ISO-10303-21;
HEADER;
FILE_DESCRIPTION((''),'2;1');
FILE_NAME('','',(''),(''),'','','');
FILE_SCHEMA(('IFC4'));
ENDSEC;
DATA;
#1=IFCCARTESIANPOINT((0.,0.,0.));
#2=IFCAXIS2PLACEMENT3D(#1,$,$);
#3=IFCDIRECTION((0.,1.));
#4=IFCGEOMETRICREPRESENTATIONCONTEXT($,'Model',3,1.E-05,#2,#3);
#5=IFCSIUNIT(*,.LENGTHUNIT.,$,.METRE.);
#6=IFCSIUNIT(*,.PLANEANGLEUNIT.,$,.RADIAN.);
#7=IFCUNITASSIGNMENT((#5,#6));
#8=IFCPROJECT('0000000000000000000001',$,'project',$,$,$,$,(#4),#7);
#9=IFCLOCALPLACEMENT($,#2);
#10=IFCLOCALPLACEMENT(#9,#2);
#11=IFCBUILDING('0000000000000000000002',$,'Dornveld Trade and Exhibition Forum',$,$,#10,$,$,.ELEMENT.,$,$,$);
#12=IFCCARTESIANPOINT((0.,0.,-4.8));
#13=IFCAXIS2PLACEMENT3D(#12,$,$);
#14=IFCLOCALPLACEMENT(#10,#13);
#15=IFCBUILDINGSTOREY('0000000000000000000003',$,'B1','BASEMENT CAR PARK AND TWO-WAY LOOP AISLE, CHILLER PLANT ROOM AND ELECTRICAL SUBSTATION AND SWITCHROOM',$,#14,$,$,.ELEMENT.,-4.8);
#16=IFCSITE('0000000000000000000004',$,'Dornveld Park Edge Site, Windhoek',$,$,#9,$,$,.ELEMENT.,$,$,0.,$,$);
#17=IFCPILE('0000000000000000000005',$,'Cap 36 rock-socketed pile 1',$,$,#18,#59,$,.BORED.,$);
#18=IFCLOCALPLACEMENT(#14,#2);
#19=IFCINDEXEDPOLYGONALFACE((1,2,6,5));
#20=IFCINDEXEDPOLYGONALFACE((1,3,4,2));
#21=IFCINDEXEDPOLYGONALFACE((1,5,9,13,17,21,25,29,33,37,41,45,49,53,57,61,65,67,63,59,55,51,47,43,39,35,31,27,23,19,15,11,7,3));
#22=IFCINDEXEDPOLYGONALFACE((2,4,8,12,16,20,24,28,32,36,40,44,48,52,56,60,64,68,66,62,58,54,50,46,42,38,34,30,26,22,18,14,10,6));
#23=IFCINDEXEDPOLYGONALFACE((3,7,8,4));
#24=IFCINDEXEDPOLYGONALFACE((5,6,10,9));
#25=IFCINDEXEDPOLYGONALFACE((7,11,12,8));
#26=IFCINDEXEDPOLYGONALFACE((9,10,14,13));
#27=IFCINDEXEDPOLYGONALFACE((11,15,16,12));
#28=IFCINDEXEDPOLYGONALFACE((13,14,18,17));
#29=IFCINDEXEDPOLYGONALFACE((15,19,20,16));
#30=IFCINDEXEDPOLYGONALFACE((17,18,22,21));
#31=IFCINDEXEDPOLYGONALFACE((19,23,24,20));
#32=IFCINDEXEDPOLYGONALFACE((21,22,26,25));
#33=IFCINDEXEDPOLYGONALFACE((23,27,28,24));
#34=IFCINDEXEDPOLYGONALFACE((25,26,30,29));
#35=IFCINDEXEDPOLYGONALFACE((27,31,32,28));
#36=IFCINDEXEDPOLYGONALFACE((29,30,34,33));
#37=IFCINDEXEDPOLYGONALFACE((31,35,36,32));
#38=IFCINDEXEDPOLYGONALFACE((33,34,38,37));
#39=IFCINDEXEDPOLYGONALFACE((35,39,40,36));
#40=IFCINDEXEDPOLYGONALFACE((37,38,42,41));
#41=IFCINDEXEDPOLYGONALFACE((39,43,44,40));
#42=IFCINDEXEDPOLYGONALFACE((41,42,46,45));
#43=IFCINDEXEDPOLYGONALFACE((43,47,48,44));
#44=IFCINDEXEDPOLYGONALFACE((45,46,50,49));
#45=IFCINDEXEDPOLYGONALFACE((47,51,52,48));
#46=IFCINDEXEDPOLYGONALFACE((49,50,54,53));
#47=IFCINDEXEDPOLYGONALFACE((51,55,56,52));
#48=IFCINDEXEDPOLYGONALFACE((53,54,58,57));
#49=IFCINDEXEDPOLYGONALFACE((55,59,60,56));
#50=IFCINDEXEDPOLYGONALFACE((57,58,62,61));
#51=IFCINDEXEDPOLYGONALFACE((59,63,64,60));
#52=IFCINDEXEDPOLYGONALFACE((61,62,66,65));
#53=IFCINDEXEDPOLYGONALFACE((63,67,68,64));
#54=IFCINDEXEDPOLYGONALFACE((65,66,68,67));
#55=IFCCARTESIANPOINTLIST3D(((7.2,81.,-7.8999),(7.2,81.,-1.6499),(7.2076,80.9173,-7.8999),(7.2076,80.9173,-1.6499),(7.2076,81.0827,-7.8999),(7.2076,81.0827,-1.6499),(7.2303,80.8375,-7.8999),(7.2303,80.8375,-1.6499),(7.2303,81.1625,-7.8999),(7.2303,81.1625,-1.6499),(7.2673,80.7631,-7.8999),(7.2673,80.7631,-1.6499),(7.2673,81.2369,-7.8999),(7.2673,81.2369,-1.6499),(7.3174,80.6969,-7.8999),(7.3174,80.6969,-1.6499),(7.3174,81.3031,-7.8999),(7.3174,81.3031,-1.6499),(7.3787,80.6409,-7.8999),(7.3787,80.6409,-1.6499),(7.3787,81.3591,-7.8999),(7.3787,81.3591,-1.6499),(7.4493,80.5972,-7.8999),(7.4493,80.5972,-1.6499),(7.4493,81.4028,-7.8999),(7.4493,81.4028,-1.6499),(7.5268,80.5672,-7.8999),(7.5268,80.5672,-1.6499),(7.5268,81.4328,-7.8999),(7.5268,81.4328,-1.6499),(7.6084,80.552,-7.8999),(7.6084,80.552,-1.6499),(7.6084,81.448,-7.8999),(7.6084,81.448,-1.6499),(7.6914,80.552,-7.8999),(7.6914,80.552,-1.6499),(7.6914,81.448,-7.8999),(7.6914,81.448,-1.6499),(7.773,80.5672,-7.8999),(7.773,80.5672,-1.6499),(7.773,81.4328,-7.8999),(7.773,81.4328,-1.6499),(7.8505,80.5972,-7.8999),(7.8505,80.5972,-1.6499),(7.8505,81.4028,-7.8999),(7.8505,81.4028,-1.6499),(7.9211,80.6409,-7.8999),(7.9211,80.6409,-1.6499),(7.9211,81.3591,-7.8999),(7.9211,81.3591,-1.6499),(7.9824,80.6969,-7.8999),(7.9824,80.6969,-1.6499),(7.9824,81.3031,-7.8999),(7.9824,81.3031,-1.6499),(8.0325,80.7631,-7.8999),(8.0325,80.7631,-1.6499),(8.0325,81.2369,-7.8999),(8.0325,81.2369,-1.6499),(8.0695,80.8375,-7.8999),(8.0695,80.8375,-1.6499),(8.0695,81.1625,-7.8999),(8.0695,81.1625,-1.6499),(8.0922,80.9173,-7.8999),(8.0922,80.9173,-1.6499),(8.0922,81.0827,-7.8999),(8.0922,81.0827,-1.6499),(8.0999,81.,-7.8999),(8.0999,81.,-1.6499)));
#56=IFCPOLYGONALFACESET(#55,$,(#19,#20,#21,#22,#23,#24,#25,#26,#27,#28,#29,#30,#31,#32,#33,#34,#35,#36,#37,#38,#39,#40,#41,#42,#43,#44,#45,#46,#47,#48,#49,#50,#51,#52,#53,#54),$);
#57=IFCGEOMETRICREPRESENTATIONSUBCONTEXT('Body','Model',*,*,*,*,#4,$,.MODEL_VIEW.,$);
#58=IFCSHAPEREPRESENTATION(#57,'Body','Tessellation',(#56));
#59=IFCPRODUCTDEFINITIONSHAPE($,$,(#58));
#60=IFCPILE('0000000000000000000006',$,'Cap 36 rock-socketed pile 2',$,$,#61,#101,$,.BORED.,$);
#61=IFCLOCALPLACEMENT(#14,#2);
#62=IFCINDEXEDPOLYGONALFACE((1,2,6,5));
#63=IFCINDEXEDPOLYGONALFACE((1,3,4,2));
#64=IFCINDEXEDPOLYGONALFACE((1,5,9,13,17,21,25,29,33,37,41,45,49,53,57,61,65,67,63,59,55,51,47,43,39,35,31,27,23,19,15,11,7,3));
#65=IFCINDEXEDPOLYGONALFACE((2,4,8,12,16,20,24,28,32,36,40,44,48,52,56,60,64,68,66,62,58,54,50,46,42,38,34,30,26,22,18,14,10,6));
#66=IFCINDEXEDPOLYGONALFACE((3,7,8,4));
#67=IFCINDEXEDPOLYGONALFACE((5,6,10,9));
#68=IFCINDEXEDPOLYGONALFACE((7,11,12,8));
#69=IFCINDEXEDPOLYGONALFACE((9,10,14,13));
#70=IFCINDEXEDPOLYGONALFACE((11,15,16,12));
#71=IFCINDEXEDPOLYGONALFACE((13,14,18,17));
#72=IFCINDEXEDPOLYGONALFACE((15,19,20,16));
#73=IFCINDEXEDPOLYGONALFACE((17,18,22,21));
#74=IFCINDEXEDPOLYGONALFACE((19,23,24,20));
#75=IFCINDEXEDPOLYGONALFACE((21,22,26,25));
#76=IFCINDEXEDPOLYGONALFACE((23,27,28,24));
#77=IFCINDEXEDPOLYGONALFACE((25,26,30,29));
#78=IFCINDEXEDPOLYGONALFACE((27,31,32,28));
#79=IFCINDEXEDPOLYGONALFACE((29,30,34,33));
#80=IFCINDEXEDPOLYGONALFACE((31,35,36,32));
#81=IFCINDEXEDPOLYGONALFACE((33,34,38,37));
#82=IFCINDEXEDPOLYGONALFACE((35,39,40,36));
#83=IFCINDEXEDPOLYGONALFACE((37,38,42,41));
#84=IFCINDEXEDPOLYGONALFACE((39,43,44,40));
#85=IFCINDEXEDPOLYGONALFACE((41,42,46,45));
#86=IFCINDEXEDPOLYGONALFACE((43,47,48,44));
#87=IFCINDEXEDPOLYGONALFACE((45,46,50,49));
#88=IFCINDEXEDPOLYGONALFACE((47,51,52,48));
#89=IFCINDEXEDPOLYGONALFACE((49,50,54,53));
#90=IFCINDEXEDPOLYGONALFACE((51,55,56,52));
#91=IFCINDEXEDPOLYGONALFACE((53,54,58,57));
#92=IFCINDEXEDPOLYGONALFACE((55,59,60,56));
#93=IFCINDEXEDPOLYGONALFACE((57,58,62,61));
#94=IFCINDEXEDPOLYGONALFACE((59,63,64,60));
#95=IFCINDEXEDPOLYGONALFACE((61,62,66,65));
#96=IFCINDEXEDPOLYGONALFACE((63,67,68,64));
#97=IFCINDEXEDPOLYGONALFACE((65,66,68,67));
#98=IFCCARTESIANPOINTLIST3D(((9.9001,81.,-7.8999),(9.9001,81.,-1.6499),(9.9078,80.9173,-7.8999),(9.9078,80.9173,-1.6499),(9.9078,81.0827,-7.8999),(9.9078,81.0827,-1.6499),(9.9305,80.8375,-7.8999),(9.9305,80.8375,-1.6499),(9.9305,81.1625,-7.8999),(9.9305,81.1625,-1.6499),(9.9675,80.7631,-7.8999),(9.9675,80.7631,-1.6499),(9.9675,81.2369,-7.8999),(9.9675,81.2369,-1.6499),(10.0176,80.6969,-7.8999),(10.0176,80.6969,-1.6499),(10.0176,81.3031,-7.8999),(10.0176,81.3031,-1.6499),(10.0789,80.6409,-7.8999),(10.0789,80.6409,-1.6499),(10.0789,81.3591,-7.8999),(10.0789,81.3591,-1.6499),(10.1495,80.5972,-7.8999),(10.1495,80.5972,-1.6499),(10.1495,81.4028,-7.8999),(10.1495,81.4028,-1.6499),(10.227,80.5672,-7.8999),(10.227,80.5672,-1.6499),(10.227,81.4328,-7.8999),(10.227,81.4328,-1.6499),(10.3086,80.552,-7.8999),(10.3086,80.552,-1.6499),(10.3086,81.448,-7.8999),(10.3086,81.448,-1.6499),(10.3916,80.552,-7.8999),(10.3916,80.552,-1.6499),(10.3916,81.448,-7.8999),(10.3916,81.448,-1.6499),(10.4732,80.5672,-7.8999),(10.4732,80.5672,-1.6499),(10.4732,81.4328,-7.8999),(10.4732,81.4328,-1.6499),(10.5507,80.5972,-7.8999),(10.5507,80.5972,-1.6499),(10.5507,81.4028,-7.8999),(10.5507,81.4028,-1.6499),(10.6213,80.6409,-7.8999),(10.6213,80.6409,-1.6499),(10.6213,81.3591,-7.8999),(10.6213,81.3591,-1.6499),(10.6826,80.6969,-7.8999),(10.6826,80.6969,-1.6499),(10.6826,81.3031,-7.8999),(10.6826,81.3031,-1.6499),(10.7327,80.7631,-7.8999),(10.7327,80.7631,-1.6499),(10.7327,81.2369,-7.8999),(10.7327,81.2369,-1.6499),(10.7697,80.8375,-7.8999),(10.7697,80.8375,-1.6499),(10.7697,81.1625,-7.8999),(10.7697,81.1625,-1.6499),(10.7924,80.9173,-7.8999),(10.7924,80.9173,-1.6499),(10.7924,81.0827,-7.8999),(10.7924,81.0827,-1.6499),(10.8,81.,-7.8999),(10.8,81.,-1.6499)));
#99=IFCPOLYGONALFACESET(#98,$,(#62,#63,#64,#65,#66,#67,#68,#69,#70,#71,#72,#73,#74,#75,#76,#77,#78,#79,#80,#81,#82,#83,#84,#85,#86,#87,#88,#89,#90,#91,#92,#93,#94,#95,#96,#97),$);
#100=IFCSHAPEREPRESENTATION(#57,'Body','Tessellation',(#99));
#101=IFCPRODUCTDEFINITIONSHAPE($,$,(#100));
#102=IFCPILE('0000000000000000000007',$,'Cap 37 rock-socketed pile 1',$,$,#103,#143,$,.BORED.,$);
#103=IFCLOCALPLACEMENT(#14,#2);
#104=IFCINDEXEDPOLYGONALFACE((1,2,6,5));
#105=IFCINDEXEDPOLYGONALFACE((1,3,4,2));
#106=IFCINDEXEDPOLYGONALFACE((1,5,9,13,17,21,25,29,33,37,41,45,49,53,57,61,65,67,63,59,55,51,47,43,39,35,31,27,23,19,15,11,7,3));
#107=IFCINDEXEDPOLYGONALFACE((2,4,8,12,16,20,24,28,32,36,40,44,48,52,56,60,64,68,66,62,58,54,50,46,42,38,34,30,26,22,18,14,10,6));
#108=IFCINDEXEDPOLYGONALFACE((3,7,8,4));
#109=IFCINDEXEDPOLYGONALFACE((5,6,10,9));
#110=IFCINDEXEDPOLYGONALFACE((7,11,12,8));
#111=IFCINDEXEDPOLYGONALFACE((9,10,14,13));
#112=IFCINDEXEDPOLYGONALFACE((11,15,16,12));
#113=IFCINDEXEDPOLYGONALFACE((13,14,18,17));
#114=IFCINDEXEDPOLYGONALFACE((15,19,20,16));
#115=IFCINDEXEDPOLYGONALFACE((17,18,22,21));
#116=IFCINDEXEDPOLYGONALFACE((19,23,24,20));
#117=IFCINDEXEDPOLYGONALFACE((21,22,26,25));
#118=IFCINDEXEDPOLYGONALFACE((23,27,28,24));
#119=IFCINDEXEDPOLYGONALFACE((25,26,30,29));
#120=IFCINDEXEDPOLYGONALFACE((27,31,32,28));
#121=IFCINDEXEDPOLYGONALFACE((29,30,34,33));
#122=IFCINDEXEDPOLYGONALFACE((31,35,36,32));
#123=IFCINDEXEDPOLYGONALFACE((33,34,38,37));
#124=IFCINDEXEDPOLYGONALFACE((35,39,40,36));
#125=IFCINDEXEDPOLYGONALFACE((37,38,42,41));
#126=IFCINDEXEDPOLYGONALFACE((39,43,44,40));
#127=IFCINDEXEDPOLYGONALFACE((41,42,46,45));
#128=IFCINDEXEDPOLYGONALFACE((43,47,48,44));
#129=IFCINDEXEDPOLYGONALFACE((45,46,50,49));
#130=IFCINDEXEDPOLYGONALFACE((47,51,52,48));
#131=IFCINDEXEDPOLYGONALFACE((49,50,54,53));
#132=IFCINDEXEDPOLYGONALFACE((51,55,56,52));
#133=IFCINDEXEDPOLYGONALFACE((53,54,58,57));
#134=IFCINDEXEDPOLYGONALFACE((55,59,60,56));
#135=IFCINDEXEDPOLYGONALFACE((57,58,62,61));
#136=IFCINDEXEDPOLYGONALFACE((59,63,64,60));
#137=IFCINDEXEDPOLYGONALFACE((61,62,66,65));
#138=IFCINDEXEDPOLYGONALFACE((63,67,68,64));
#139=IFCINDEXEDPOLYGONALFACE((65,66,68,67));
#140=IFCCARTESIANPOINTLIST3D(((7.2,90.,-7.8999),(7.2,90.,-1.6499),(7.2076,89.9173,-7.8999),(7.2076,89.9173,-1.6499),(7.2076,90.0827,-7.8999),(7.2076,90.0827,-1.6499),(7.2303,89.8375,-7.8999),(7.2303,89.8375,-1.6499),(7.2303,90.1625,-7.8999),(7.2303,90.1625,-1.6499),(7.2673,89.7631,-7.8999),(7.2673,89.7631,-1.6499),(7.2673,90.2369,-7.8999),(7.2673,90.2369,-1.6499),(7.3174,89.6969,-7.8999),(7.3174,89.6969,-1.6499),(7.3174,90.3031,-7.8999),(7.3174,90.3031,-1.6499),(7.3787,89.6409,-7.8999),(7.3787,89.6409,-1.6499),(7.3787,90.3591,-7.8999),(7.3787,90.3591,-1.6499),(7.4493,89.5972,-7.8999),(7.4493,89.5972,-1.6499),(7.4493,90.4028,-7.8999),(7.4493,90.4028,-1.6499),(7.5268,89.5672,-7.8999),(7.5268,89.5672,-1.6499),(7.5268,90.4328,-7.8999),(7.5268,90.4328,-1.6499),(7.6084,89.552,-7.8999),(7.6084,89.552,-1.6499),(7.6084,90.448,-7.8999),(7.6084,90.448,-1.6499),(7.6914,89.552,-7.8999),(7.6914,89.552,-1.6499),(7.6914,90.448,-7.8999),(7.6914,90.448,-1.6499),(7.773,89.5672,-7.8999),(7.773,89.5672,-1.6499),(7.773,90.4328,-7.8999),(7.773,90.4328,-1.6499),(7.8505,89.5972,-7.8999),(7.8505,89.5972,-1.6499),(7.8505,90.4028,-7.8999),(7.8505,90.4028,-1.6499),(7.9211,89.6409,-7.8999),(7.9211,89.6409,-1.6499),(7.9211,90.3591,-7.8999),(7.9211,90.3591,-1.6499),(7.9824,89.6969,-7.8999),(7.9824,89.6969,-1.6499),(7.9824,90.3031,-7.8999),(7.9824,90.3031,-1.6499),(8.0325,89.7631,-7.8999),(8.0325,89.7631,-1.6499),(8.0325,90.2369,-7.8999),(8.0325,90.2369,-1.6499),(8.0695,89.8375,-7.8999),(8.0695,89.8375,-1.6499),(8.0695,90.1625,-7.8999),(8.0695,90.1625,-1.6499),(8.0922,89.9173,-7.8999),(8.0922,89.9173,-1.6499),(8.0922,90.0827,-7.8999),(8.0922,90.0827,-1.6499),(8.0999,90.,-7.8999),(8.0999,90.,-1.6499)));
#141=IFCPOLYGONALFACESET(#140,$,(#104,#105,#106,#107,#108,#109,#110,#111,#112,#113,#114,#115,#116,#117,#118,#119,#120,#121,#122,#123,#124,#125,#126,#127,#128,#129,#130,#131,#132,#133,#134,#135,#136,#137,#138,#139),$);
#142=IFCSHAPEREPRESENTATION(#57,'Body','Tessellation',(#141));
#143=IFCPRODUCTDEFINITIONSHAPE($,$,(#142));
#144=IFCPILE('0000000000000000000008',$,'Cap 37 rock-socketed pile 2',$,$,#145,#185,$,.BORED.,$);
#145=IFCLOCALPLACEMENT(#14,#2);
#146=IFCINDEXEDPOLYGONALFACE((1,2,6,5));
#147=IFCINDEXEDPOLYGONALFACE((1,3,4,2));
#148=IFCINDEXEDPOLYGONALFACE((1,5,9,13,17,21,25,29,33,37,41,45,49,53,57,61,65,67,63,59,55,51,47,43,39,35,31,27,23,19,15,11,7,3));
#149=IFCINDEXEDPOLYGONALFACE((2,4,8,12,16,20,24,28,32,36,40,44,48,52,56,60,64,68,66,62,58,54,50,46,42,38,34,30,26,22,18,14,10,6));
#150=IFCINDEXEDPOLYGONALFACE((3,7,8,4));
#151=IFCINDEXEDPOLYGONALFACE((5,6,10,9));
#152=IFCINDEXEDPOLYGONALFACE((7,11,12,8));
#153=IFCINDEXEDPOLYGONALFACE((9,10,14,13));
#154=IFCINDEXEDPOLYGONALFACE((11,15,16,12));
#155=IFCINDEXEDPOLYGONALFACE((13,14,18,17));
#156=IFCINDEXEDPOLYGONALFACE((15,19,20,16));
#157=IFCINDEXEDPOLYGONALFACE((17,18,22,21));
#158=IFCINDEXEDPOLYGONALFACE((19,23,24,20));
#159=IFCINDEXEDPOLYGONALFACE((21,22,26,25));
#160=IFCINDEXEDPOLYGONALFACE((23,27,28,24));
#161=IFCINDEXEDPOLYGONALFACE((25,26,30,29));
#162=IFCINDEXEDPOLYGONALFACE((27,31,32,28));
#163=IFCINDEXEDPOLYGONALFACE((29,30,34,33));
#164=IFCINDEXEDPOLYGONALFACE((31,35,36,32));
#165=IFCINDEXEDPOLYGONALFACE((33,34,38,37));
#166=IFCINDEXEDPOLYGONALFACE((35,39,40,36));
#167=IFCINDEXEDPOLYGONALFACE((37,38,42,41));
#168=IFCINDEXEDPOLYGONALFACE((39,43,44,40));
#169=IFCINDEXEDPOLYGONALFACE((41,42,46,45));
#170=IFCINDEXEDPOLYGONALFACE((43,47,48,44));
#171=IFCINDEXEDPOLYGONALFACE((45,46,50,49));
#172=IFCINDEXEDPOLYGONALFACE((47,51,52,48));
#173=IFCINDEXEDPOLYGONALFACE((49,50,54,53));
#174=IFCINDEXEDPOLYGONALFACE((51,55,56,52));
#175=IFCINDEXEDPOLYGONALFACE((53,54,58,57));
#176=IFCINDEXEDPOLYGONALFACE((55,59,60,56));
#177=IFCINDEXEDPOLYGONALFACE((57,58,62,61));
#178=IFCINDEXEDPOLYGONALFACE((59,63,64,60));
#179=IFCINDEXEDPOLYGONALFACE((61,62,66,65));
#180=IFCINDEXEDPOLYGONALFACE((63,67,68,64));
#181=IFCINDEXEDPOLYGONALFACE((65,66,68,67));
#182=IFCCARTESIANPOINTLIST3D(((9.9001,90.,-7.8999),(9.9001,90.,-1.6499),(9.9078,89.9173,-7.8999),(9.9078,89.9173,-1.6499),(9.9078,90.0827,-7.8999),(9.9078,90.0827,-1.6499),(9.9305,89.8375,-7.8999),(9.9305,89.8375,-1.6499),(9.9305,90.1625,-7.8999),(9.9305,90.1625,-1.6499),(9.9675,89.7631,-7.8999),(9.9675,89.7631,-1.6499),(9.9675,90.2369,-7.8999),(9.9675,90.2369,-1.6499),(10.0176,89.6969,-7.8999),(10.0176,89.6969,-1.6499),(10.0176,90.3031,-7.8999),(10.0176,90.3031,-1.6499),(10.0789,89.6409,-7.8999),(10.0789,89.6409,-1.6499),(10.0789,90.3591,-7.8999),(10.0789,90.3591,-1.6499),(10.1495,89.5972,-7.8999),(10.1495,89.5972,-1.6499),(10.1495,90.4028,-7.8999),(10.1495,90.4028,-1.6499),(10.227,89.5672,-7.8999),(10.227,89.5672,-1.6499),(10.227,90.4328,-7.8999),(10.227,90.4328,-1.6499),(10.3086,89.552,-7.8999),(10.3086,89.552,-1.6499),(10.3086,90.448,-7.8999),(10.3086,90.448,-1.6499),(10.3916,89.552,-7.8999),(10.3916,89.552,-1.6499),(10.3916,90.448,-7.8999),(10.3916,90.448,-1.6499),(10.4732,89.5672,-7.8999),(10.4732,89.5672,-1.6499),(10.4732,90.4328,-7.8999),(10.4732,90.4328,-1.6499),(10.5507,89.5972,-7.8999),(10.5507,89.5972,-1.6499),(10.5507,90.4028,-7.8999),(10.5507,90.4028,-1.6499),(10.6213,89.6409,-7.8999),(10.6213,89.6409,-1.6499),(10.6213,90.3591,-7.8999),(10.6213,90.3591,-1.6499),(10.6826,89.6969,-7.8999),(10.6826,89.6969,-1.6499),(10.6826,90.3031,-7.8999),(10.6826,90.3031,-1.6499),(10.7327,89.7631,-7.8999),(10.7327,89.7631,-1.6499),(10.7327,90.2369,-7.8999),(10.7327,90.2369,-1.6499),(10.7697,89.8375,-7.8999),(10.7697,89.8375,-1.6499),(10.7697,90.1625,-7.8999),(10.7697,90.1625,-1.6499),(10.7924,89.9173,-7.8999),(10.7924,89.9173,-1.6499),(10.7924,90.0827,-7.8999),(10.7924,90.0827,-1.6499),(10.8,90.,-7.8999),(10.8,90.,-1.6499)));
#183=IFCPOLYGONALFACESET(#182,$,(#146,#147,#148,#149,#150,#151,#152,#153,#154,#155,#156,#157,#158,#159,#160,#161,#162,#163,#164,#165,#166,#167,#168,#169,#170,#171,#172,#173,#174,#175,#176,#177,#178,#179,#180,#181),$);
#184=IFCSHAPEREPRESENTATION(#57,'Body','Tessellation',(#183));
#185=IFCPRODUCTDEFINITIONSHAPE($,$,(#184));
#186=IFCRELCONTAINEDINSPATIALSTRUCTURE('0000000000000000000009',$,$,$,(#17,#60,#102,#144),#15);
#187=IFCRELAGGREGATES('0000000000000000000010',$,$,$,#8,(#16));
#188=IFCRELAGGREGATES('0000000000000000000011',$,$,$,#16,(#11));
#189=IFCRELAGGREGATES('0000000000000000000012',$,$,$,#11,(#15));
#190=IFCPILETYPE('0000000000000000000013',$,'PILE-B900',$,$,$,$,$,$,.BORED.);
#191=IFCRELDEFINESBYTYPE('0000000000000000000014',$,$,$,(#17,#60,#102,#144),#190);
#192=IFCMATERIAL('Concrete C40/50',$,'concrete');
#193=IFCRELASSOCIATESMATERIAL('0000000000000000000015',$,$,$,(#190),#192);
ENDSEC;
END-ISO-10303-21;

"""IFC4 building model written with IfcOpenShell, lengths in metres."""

from ifc_helpers import new_model, si_unit, direction, frame, origin, origin_2d, place, context, subcontext, project, spatial, circle, extrude, material, material_profile, profile_set, type_object, element, save


model = new_model("IFC4")

# Units and contexts
model_context = context("Model", 3, precision=1e-05, world=origin(), true_north=direction((0.0, 1.0)))
body_context = subcontext(model_context, "Body", "Model", "MODEL_VIEW")
ifc_project = project(units=[si_unit("LENGTHUNIT", "METRE"), si_unit("PLANEANGLEUNIT", "RADIAN")], contexts=[model_context])

# Site, building, storey
site_placement = place(None, origin())
site = spatial("IfcSite", under=ifc_project, at=site_placement, Name="Dornveld Park Edge Site, Windhoek", CompositionType="ELEMENT", RefElevation=0.0)
building_placement = place(site_placement, origin())
building = spatial("IfcBuilding", under=site, at=building_placement, Name="Dornveld Trade and Exhibition Forum", CompositionType="ELEMENT")
storey_placement = place(building_placement, frame((0.0, 0.0, -4.8)))
storey = spatial("IfcBuildingStorey", under=building, at=storey_placement, Name="B1", Description="BASEMENT CAR PARK AND TWO-WAY LOOP AISLE, CHILLER PLANT ROOM AND ELECTRICAL SUBSTATION AND SWITCHROOM", CompositionType="ELEMENT", Elevation=-4.8)

# Piles
ifc_material_1 = material(Name="Concrete C40/50", Category="concrete")
ifc_material_profile_1 = material_profile(ifc_material_1, circle(Radius=0.45, at=origin_2d()), Name="PILE D900")
ifc_profile_set_1 = profile_set([ifc_material_profile_1], Name="Concrete C40/50")
pile_type = type_object("IfcPileType", Name="PILE-B900", PredefinedType="BORED", material=ifc_profile_set_1)
for number, where, z_axis, x_axis, name in (
    (1, (7.6499, 81.0, -1.6499), (0.0, 0.0, -1.0), (1.0, 0.0, 0.0), "Cap 36 rock-socketed pile 1"),
    (2, (10.3501, 81.0, -1.6499), (0.0, 0.0, -1.0), (1.0, 0.0, 0.0), "Cap 36 rock-socketed pile 2"),
    (3, (7.6499, 90.0, -1.6499), (0.0, 0.0, -1.0), (1.0, 0.0, 0.0), "Cap 37 rock-socketed pile 1"),
    (4, (10.3501, 90.0, -1.6499), (0.0, 0.0, -1.0), (1.0, 0.0, 0.0), "Cap 37 rock-socketed pile 2"),
):
    element("IfcPile", number, at=place(storey_placement, frame(where, z_axis=z_axis, x_axis=x_axis)), inside=storey, type_object=pile_type, Name=name, PredefinedType="BORED", context=body_context, shape_type="SweptSolid", body=[
        extrude(circle(Radius=0.45, at=origin_2d()), origin(), (0.0, 0.0, 1.0), 6.25),
    ])

save(model, "model.ifc")
